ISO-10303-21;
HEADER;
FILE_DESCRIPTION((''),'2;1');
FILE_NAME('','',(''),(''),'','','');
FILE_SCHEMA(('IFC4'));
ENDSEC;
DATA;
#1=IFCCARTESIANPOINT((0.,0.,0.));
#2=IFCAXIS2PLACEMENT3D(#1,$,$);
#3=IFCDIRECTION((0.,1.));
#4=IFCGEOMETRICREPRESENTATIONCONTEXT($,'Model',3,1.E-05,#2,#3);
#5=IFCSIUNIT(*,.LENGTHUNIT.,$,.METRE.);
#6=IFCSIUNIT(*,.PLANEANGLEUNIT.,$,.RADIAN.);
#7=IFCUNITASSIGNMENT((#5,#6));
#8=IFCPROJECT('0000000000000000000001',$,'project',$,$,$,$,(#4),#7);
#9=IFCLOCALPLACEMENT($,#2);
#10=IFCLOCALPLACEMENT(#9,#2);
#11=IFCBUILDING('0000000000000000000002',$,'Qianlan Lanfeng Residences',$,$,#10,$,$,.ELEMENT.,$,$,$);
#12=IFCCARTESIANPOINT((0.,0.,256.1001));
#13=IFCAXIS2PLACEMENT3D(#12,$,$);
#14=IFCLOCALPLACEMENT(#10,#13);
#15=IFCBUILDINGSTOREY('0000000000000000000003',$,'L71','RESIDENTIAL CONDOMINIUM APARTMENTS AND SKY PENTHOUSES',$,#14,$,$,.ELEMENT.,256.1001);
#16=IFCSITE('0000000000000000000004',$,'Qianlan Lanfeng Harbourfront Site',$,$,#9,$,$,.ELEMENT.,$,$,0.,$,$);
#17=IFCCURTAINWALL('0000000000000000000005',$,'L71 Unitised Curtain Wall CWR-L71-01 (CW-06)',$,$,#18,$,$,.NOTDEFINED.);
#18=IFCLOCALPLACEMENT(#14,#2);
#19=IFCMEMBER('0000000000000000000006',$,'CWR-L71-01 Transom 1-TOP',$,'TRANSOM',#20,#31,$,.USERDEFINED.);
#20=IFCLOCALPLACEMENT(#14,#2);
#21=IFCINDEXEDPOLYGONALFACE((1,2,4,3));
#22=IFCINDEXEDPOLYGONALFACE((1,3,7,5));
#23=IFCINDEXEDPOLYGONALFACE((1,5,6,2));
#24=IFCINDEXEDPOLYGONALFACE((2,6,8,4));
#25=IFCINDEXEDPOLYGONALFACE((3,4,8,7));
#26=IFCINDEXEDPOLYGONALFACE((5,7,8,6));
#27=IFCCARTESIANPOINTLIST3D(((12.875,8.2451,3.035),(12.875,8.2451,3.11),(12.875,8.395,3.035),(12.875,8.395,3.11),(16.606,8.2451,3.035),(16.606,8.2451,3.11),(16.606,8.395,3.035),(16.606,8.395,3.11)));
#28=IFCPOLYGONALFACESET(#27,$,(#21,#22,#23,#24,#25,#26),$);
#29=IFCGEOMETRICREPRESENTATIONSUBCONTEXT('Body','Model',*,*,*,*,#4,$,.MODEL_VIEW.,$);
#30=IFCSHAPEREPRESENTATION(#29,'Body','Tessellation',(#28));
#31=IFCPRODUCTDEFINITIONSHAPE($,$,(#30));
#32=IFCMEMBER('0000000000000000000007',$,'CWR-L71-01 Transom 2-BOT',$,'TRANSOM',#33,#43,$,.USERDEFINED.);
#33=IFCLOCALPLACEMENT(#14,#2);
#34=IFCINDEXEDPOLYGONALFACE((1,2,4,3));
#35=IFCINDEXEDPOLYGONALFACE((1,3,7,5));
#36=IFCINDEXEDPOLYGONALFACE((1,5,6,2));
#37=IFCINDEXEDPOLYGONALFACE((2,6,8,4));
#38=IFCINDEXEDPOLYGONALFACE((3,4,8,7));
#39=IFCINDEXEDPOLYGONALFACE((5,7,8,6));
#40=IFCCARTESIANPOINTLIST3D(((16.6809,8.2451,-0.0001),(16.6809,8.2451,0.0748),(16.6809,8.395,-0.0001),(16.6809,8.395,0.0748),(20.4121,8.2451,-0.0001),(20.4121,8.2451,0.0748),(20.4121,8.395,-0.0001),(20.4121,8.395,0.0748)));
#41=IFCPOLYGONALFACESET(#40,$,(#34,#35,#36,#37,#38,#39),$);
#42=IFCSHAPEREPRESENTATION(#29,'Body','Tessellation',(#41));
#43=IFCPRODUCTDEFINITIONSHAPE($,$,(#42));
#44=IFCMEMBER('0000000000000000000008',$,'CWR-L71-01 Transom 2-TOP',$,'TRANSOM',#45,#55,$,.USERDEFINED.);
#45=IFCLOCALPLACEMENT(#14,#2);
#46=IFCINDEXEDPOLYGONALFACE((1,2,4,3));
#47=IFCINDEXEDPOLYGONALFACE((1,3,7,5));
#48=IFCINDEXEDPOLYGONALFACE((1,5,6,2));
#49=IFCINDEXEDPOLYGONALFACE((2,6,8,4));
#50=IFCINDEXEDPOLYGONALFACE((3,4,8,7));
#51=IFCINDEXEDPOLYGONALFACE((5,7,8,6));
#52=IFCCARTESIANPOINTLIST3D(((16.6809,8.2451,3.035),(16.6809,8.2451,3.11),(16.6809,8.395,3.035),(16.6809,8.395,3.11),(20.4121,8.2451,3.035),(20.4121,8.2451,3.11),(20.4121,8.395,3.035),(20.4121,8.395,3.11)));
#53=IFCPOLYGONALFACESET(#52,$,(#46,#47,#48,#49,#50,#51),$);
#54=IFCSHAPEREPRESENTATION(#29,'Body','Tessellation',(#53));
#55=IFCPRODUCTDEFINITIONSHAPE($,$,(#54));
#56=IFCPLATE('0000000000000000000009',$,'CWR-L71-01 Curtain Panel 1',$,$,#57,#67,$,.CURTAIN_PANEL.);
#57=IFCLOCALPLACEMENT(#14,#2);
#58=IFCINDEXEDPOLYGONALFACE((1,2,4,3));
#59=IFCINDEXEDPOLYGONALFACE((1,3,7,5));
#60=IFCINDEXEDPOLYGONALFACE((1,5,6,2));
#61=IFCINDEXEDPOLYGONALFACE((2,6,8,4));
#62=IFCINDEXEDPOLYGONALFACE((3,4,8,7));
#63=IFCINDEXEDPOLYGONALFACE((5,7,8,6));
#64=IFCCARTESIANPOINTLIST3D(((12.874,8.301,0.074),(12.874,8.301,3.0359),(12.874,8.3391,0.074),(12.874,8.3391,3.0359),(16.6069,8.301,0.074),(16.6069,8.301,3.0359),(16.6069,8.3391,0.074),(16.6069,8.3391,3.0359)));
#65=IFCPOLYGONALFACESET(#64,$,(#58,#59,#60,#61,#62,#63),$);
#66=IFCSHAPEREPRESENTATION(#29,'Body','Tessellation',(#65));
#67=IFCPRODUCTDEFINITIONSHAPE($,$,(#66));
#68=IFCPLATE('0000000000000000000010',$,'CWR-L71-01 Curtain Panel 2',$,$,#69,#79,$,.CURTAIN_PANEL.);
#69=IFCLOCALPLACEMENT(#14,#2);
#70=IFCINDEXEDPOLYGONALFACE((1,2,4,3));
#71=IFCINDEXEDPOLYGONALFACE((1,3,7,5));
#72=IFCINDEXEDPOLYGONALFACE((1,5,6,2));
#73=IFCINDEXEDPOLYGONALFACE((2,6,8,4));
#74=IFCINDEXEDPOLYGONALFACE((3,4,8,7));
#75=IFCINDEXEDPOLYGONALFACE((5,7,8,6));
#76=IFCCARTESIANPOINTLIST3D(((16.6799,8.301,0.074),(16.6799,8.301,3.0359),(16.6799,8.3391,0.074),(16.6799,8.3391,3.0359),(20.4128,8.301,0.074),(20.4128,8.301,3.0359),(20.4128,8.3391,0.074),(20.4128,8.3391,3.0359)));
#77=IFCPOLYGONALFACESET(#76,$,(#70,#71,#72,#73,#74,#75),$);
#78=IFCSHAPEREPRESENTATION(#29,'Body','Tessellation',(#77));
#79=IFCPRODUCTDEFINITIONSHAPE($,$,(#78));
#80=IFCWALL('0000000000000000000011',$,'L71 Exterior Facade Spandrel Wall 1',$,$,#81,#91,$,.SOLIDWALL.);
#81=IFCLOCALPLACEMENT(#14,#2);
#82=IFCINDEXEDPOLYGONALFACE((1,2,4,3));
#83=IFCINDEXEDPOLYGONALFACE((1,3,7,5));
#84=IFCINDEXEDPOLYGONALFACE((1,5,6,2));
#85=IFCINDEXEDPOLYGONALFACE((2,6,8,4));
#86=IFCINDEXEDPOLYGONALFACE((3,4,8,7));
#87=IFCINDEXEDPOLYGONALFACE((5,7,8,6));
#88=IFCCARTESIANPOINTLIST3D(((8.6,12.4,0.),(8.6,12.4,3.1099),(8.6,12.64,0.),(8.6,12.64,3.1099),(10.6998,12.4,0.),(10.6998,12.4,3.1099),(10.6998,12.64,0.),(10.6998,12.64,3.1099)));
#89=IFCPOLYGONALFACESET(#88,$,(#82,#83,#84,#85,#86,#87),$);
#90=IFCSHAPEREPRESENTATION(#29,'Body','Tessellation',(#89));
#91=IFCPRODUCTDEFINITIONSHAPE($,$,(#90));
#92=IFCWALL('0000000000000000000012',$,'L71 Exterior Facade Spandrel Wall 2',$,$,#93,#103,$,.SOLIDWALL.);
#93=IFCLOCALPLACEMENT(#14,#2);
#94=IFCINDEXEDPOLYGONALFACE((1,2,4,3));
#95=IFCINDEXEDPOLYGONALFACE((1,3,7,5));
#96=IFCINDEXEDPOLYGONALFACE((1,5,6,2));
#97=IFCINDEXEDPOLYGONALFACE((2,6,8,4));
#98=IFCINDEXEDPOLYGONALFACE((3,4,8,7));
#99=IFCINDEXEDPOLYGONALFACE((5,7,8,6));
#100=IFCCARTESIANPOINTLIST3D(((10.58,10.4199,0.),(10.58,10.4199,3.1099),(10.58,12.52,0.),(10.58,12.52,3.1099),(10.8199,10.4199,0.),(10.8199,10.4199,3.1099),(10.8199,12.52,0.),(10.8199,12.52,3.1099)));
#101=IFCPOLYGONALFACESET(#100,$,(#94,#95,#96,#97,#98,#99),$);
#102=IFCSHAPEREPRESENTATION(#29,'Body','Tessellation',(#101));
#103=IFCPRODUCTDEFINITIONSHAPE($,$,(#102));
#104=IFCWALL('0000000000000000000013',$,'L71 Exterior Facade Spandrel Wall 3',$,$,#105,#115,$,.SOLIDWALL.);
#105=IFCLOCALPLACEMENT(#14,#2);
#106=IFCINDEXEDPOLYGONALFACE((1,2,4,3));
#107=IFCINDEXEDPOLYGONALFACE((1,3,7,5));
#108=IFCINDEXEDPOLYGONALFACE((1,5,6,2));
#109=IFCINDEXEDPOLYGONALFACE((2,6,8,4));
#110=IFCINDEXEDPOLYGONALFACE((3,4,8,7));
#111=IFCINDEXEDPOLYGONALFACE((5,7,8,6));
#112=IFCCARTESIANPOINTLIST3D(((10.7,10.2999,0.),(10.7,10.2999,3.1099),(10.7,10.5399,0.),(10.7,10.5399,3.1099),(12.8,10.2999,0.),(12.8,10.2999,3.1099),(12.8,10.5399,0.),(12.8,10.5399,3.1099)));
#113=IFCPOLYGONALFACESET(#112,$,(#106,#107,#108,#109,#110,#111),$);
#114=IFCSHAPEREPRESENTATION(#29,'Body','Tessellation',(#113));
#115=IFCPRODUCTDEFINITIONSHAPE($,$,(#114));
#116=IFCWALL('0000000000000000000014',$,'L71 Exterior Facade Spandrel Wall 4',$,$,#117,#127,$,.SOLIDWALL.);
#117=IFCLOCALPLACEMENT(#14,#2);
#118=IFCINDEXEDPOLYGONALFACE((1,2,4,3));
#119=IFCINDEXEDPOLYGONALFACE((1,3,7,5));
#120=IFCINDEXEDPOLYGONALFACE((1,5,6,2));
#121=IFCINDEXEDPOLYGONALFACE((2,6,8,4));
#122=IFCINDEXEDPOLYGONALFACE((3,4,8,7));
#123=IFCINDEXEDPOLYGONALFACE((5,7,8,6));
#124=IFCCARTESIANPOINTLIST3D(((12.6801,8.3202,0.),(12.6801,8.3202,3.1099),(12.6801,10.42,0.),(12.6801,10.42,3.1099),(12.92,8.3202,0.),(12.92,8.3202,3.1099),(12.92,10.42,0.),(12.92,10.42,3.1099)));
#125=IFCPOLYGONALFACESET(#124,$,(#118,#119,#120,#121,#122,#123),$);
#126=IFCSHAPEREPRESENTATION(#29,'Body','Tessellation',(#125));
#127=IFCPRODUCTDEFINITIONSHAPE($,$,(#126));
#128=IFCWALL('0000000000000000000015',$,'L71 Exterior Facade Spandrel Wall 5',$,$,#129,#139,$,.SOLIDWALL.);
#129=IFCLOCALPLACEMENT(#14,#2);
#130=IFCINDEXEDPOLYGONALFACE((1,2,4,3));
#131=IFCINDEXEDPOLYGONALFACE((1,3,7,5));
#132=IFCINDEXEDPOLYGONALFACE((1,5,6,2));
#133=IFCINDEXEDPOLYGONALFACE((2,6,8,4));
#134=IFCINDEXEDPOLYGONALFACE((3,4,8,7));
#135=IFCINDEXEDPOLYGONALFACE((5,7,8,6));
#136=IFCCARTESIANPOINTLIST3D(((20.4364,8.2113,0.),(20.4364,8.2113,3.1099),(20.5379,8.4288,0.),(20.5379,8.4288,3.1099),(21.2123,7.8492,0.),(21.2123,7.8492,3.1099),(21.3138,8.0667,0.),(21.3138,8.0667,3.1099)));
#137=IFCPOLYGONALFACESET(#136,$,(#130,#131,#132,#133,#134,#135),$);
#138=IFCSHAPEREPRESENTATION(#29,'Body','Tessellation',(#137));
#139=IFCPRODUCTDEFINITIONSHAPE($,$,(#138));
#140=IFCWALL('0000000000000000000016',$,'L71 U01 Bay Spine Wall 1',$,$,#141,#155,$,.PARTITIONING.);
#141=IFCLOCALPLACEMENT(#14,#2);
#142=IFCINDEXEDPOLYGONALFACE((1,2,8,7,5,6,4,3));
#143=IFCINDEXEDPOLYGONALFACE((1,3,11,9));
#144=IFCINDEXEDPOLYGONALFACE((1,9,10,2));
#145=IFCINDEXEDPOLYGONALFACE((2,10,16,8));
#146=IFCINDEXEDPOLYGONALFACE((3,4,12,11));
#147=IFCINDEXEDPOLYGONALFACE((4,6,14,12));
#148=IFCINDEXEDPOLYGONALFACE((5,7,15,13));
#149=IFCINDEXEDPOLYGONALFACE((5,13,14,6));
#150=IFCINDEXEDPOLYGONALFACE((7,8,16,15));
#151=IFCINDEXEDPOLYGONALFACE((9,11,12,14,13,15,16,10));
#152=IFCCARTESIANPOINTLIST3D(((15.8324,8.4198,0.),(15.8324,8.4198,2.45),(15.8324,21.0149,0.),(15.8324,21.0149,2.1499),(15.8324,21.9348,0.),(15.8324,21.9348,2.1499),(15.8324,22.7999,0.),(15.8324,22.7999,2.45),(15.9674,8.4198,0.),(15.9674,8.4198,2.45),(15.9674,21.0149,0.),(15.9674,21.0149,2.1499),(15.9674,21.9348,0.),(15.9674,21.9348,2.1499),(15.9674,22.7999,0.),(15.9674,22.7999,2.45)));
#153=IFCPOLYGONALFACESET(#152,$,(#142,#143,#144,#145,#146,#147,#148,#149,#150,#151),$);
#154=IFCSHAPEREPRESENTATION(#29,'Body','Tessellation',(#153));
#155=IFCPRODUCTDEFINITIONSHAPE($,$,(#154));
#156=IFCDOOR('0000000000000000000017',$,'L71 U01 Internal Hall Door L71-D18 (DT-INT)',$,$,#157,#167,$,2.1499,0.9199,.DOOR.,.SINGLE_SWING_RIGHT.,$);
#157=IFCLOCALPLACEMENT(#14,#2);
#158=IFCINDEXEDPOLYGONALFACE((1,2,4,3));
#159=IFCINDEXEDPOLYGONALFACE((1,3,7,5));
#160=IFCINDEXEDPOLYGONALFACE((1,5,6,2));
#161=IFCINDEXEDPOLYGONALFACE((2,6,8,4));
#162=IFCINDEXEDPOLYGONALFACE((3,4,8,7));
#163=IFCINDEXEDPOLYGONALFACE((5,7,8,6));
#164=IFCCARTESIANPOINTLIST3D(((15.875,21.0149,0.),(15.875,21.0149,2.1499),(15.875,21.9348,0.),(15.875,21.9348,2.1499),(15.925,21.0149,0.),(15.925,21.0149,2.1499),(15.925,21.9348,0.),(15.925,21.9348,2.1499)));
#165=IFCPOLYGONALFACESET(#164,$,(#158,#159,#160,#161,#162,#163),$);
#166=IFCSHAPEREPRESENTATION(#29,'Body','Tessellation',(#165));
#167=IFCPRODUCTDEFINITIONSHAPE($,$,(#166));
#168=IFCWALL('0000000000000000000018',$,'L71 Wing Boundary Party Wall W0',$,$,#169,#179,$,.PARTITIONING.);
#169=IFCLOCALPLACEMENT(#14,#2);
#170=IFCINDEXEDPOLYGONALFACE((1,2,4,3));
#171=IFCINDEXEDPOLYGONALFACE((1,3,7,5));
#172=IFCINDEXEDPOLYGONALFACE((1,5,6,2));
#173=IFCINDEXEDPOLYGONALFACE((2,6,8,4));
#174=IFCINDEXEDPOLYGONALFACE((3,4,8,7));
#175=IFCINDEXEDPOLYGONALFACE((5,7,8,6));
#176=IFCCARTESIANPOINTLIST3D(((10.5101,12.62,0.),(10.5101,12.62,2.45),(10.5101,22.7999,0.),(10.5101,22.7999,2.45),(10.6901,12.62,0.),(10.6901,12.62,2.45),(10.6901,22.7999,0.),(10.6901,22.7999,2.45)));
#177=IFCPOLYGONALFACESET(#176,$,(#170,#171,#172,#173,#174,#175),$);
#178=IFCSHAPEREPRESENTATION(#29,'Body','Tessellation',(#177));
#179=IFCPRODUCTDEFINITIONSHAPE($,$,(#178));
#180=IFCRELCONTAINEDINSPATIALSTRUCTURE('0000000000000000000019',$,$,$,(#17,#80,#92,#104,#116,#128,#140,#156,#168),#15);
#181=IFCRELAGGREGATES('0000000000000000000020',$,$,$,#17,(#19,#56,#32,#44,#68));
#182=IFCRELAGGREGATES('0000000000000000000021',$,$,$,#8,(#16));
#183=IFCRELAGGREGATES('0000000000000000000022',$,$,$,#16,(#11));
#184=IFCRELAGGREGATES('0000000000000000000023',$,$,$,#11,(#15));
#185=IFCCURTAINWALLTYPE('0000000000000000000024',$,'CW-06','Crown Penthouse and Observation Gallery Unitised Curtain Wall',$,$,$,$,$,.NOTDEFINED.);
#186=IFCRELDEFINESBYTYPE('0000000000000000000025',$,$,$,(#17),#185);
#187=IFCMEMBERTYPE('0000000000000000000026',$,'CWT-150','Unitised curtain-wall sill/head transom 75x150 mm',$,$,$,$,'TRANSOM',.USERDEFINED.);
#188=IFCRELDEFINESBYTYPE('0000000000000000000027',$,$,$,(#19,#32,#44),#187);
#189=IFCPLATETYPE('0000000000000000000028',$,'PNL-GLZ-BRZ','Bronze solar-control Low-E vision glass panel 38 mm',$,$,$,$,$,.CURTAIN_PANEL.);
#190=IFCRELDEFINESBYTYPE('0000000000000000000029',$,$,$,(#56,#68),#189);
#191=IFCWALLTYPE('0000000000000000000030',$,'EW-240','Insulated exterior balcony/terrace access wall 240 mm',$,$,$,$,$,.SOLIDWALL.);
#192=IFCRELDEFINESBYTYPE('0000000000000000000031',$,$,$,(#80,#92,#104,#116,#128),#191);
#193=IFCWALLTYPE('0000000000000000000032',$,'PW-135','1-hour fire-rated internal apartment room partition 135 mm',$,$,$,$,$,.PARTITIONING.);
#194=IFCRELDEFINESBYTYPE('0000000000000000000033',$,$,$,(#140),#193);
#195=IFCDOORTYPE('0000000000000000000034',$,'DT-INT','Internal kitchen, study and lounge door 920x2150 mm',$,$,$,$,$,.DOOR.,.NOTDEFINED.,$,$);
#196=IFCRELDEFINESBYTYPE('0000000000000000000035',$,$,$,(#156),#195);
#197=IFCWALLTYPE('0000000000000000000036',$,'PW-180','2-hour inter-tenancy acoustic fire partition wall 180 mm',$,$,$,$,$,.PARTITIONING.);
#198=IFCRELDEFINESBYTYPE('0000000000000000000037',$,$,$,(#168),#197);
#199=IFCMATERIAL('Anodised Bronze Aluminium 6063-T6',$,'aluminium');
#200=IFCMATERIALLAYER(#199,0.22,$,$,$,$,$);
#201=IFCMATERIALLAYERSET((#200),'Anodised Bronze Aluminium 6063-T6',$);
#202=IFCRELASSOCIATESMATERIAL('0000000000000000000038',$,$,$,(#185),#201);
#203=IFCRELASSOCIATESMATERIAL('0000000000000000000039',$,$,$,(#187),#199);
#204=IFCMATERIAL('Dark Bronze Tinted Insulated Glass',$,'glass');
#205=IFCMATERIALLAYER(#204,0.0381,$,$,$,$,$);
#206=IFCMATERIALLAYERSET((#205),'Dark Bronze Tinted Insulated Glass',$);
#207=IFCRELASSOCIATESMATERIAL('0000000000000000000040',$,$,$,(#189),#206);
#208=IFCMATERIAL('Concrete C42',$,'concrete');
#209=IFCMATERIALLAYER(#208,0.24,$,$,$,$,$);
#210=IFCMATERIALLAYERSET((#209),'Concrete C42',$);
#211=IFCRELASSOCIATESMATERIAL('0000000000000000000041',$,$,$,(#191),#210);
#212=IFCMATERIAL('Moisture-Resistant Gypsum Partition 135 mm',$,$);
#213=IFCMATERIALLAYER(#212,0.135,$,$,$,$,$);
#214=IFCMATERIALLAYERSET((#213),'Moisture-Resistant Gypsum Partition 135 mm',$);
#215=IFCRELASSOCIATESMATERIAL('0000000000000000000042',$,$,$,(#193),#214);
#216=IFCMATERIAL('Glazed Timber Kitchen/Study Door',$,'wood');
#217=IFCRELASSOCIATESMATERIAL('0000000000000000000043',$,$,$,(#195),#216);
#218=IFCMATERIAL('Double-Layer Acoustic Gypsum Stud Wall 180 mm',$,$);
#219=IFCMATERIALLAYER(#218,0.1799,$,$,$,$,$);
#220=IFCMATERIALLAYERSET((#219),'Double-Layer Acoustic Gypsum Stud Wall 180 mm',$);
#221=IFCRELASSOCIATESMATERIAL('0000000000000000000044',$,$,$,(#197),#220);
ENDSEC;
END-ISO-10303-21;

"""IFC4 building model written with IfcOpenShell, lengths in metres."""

from ifc_helpers import new_model, si_unit, direction, frame, frame_2d, origin, origin_2d, place, context, subcontext, project, spatial, rectangle, extrude, source, transform, mapped, material, layer, layer_set, material_profile, profile_set, type_object, element, fill, aggregate, save


model = new_model("IFC4")

# Units and contexts
model_context = context("Model", 3, precision=1e-05, world=origin(), true_north=direction((0.0, 1.0)))
body_context = subcontext(model_context, "Body", "Model", "MODEL_VIEW")
ifc_project = project(units=[si_unit("LENGTHUNIT", "METRE"), si_unit("PLANEANGLEUNIT", "RADIAN")], contexts=[model_context])

# Site, building, storey
site_placement = place(None, origin())
site = spatial("IfcSite", under=ifc_project, at=site_placement, Name="Qianlan Lanfeng Harbourfront Site", CompositionType="ELEMENT", RefElevation=0.0)
building_placement = place(site_placement, origin())
building = spatial("IfcBuilding", under=site, at=building_placement, Name="Qianlan Lanfeng Residences", CompositionType="ELEMENT")
storey_placement = place(building_placement, frame((0.0, 0.0, 256.1001)))
storey = spatial("IfcBuildingStorey", under=building, at=storey_placement, Name="L71", Description="RESIDENTIAL CONDOMINIUM APARTMENTS AND SKY PENTHOUSES", CompositionType="ELEMENT", Elevation=256.1001)

# Curtain wall
ifc_material_1 = material(Name="Anodised Bronze Aluminium 6063-T6", Category="aluminium")
ifc_layer_1 = layer(ifc_material_1, 0.22)
ifc_layer_set_1 = layer_set([ifc_layer_1], Name="Anodised Bronze Aluminium 6063-T6")
curtain_wall_type = type_object("IfcCurtainWallType", Name="CW-06", Description="Crown Penthouse and Observation Gallery Unitised Curtain Wall", PredefinedType="NOTDEFINED", material=ifc_layer_set_1)
curtain_wall_1_placement = place(storey_placement, origin())
curtain_wall_1 = element("IfcCurtainWall", 1, at=curtain_wall_1_placement, inside=storey, type_object=curtain_wall_type, Name="L71 Unitised Curtain Wall CWR-L71-01 (CW-06)", PredefinedType="NOTDEFINED")

# Members
ifc_material_profile_1 = material_profile(ifc_material_1, rectangle(XDim=0.075, YDim=0.1499, at=origin_2d()), Name="ALU TRANSOM 75x150")
ifc_profile_set_1 = profile_set([ifc_material_profile_1], Name="Anodised Bronze Aluminium 6063-T6")
member_type_1 = type_object("IfcMemberType", Name="CWT-150", Description="Unitised curtain-wall sill/head transom 75x150 mm", ElementType="TRANSOM", PredefinedType="USERDEFINED", material=ifc_profile_set_1)
shared_shape_1 = source(origin(), body_context, "Body", "SweptSolid", [
    extrude(rectangle(XDim=0.075, YDim=0.1499, at=origin_2d()), origin(), (0.0, 0.0, 1.0), 3.731),
])
member_1_placement = place(storey_placement, frame((12.875, 8.3201, 3.0725), z_axis=(1.0, 0.0, 0.0), x_axis=(0.0, 0.0, 1.0)))
member_1 = element("IfcMember", 2, at=member_1_placement, type_object=member_type_1, Name="CWR-L71-01 Transom 1-TOP", ObjectType="TRANSOM", PredefinedType="USERDEFINED", context=body_context, shape_type="MappedRepresentation", body=[
    mapped(shared_shape_1, transform((0.0, 0.0, 0.0), scale=1.0)),
])
shared_shape_2 = source(origin(), body_context, "Body", "SweptSolid", [
    extrude(rectangle(XDim=0.075, YDim=0.1499, at=origin_2d()), origin(), (0.0, 0.0, 1.0), 3.7312),
])
member_2_placement = place(storey_placement, frame((16.6809, 8.3201, 0.0374), z_axis=(1.0, 0.0, 0.0), x_axis=(0.0, 0.0, 1.0)))
member_2 = element("IfcMember", 3, at=member_2_placement, type_object=member_type_1, Name="CWR-L71-01 Transom 2-BOT", ObjectType="TRANSOM", PredefinedType="USERDEFINED", context=body_context, shape_type="MappedRepresentation", body=[
    mapped(shared_shape_2, transform((0.0, 0.0, 0.0), scale=1.0)),
])
member_3_placement = place(storey_placement, frame((16.6809, 8.3201, 3.0725), z_axis=(1.0, 0.0, 0.0), x_axis=(0.0, 0.0, 1.0)))
member_3 = element("IfcMember", 4, at=member_3_placement, type_object=member_type_1, Name="CWR-L71-01 Transom 2-TOP", ObjectType="TRANSOM", PredefinedType="USERDEFINED", context=body_context, shape_type="MappedRepresentation", body=[
    mapped(shared_shape_2, transform((0.0, 0.0, 0.0), scale=1.0)),
])

# Plates
ifc_material_2 = material(Name="Dark Bronze Tinted Insulated Glass", Category="glass")
ifc_layer_2 = layer(ifc_material_2, 0.0381)
ifc_layer_set_2 = layer_set([ifc_layer_2], Name="Dark Bronze Tinted Insulated Glass")
plate_type = type_object("IfcPlateType", Name="PNL-GLZ-BRZ", Description="Bronze solar-control Low-E vision glass panel 38 mm", PredefinedType="CURTAIN_PANEL", material=ifc_layer_set_2)
shared_shape_3 = source(origin(), body_context, "Body", "SweptSolid", [
    extrude(rectangle(XDim=3.7329, YDim=0.0381, at=origin_2d()), origin(), (0.0, 0.0, 1.0), 2.9619),
])
plate_1_placement = place(storey_placement, frame((14.7405, 8.3201, 0.074), z_axis=(0.0, 0.0, 1.0), x_axis=(1.0, 0.0, 0.0)))
plate_1 = element("IfcPlate", 5, at=plate_1_placement, type_object=plate_type, Name="CWR-L71-01 Curtain Panel 1", PredefinedType="CURTAIN_PANEL", context=body_context, shape_type="MappedRepresentation", body=[
    mapped(shared_shape_3, transform((0.0, 0.0, 0.0), scale=1.0)),
])
plate_2_placement = place(storey_placement, frame((18.5464, 8.3201, 0.074), z_axis=(0.0, 0.0, 1.0), x_axis=(1.0, 0.0, 0.0)))
plate_2 = element("IfcPlate", 6, at=plate_2_placement, type_object=plate_type, Name="CWR-L71-01 Curtain Panel 2", PredefinedType="CURTAIN_PANEL", context=body_context, shape_type="MappedRepresentation", body=[
    mapped(shared_shape_3, transform((0.0, 0.0, 0.0), scale=1.0)),
])
aggregate(curtain_wall_1, [member_1, plate_1, member_2, member_3, plate_2])

# Walls
ifc_material_3 = material(Name="Concrete C42", Category="concrete")
ifc_layer_3 = layer(ifc_material_3, 0.24)
ifc_layer_set_3 = layer_set([ifc_layer_3], Name="Concrete C42")
wall_type_1 = type_object("IfcWallType", Name="EW-240", Description="Insulated exterior balcony/terrace access wall 240 mm", PredefinedType="SOLIDWALL", material=ifc_layer_set_3)
wall_1_placement = place(storey_placement, frame((8.6001, 12.52, 0.0), z_axis=(0.0, 0.0, 1.0), x_axis=(1.0, 0.0, 0.0)))
element("IfcWall", 7, at=wall_1_placement, inside=storey, type_object=wall_type_1, Name="L71 Exterior Facade Spandrel Wall 1", PredefinedType="SOLIDWALL", context=body_context, shape_type="SweptSolid", body=[
    extrude(rectangle(XDim=2.0999, YDim=0.24, at=frame_2d((1.0498, 0.0))), origin(), (0.0, 0.0, 1.0), 3.1099),
])
for number, where, z_axis, x_axis, name in (
    (8, (10.7, 12.52, 0.0), (0.0, 0.0, 1.0), (0.0, -1.0, 0.0), "L71 Exterior Facade Spandrel Wall 2"),
    (9, (10.7, 10.4199, 0.0), (0.0, 0.0, 1.0), (1.0, 0.0, 0.0), "L71 Exterior Facade Spandrel Wall 3"),
):
    element("IfcWall", number, at=place(storey_placement, frame(where, z_axis=z_axis, x_axis=x_axis)), inside=storey, type_object=wall_type_1, Name=name, PredefinedType="SOLIDWALL", context=body_context, shape_type="SweptSolid", body=[
        extrude(rectangle(XDim=2.1001, YDim=0.24, at=frame_2d((1.05, 0.0))), origin(), (0.0, 0.0, 1.0), 3.1099),
    ])
wall_2_placement = place(storey_placement, frame((12.8, 10.4199, 0.0), z_axis=(0.0, 0.0, 1.0), x_axis=(0.0, -1.0, 0.0)))
element("IfcWall", 10, at=wall_2_placement, inside=storey, type_object=wall_type_1, Name="L71 Exterior Facade Spandrel Wall 4", PredefinedType="SOLIDWALL", context=body_context, shape_type="SweptSolid", body=[
    extrude(rectangle(XDim=2.0999, YDim=0.24, at=frame_2d((1.0498, 0.0))), origin(), (0.0, 0.0, 1.0), 3.1099),
])
wall_3_placement = place(storey_placement, frame((20.4871, 8.3201, 0.0), z_axis=(0.0, 0.0, 1.0), x_axis=(0.90619, -0.42287, 0.0)))
element("IfcWall", 11, at=wall_3_placement, inside=storey, type_object=wall_type_1, Name="L71 Exterior Facade Spandrel Wall 5", PredefinedType="SOLIDWALL", context=body_context, shape_type="SweptSolid", body=[
    extrude(rectangle(XDim=0.8562, YDim=0.24, at=frame_2d((0.4282, 0.0))), origin(), (0.0, 0.0, 1.0), 3.1099),
])

# Wall, opening, door
ifc_material_4 = material(Name="Moisture-Resistant Gypsum Partition 135 mm")
ifc_layer_4 = layer(ifc_material_4, 0.135)
ifc_layer_set_4 = layer_set([ifc_layer_4], Name="Moisture-Resistant Gypsum Partition 135 mm")
wall_type_2 = type_object("IfcWallType", Name="PW-135", Description="1-hour fire-rated internal apartment room partition 135 mm", PredefinedType="PARTITIONING", material=ifc_layer_set_4)
wall_4_placement = place(storey_placement, frame((15.8999, 8.4199, 0.0), z_axis=(0.0, 0.0, 1.0), x_axis=(0.0, 1.0, 0.0)))
wall_4 = element("IfcWall", 12, at=wall_4_placement, inside=storey, type_object=wall_type_2, Name="L71 U01 Bay Spine Wall 1", PredefinedType="PARTITIONING", context=body_context, shape_type="SweptSolid", body=[
    extrude(rectangle(XDim=14.3801, YDim=0.135, at=frame_2d((7.1899, 0.0))), origin(), (0.0, 0.0, 1.0), 2.45),
])
opening_placement = place(wall_4_placement, frame((12.595, 0.0, 0.0)))
opening = element("IfcOpeningElement", 13, at=opening_placement, cuts=wall_4, PredefinedType="OPENING", context=body_context, shape_type="SweptSolid", body=[
    extrude(rectangle(XDim=0.9199, YDim=2.1499, at=frame_2d((0.46, 1.075))), frame((0.0, 0.0776, 0.0), z_axis=(0.0, -1.0, 0.0), x_axis=(1.0, 0.0, 0.0)), (0.0, 0.0, 1.0), 0.155),
])
ifc_material_5 = material(Name="Glazed Timber Kitchen/Study Door", Category="wood")
door_type = type_object("IfcDoorType", Name="DT-INT", Description="Internal kitchen, study and lounge door 920x2150 mm", OperationType="NOTDEFINED", PredefinedType="DOOR", material=ifc_material_5)
door_placement = place(opening_placement, origin())
door = element("IfcDoor", 14, at=door_placement, inside=storey, type_object=door_type, Name="L71 U01 Internal Hall Door L71-D18 (DT-INT)", OperationType="SINGLE_SWING_RIGHT", OverallHeight=2.1499, OverallWidth=0.9199, PredefinedType="DOOR", context=body_context, shape_type="SweptSolid", body=[
    extrude(rectangle(XDim=0.9199, YDim=2.1499, at=frame_2d((0.46, 1.075))), frame((0.0, 0.0249, 0.0), z_axis=(0.0, -1.0, 0.0), x_axis=(1.0, 0.0, 0.0)), (0.0, 0.0, 1.0), 0.05),
])
fill(opening, door)

# Wall
ifc_material_6 = material(Name="Double-Layer Acoustic Gypsum Stud Wall 180 mm")
ifc_layer_5 = layer(ifc_material_6, 0.1799)
ifc_layer_set_5 = layer_set([ifc_layer_5], Name="Double-Layer Acoustic Gypsum Stud Wall 180 mm")
wall_type_3 = type_object("IfcWallType", Name="PW-180", Description="2-hour inter-tenancy acoustic fire partition wall 180 mm", PredefinedType="PARTITIONING", material=ifc_layer_set_5)
wall_5_placement = place(storey_placement, frame((10.6001, 12.6201, 0.0), z_axis=(0.0, 0.0, 1.0), x_axis=(0.0, 1.0, 0.0)))
element("IfcWall", 15, at=wall_5_placement, inside=storey, type_object=wall_type_3, Name="L71 Wing Boundary Party Wall W0", PredefinedType="PARTITIONING", context=body_context, shape_type="SweptSolid", body=[
    extrude(rectangle(XDim=10.1799, YDim=0.1799, at=frame_2d((5.0898, 0.0))), origin(), (0.0, 0.0, 1.0), 2.45),
])

save(model, "model.ifc")
